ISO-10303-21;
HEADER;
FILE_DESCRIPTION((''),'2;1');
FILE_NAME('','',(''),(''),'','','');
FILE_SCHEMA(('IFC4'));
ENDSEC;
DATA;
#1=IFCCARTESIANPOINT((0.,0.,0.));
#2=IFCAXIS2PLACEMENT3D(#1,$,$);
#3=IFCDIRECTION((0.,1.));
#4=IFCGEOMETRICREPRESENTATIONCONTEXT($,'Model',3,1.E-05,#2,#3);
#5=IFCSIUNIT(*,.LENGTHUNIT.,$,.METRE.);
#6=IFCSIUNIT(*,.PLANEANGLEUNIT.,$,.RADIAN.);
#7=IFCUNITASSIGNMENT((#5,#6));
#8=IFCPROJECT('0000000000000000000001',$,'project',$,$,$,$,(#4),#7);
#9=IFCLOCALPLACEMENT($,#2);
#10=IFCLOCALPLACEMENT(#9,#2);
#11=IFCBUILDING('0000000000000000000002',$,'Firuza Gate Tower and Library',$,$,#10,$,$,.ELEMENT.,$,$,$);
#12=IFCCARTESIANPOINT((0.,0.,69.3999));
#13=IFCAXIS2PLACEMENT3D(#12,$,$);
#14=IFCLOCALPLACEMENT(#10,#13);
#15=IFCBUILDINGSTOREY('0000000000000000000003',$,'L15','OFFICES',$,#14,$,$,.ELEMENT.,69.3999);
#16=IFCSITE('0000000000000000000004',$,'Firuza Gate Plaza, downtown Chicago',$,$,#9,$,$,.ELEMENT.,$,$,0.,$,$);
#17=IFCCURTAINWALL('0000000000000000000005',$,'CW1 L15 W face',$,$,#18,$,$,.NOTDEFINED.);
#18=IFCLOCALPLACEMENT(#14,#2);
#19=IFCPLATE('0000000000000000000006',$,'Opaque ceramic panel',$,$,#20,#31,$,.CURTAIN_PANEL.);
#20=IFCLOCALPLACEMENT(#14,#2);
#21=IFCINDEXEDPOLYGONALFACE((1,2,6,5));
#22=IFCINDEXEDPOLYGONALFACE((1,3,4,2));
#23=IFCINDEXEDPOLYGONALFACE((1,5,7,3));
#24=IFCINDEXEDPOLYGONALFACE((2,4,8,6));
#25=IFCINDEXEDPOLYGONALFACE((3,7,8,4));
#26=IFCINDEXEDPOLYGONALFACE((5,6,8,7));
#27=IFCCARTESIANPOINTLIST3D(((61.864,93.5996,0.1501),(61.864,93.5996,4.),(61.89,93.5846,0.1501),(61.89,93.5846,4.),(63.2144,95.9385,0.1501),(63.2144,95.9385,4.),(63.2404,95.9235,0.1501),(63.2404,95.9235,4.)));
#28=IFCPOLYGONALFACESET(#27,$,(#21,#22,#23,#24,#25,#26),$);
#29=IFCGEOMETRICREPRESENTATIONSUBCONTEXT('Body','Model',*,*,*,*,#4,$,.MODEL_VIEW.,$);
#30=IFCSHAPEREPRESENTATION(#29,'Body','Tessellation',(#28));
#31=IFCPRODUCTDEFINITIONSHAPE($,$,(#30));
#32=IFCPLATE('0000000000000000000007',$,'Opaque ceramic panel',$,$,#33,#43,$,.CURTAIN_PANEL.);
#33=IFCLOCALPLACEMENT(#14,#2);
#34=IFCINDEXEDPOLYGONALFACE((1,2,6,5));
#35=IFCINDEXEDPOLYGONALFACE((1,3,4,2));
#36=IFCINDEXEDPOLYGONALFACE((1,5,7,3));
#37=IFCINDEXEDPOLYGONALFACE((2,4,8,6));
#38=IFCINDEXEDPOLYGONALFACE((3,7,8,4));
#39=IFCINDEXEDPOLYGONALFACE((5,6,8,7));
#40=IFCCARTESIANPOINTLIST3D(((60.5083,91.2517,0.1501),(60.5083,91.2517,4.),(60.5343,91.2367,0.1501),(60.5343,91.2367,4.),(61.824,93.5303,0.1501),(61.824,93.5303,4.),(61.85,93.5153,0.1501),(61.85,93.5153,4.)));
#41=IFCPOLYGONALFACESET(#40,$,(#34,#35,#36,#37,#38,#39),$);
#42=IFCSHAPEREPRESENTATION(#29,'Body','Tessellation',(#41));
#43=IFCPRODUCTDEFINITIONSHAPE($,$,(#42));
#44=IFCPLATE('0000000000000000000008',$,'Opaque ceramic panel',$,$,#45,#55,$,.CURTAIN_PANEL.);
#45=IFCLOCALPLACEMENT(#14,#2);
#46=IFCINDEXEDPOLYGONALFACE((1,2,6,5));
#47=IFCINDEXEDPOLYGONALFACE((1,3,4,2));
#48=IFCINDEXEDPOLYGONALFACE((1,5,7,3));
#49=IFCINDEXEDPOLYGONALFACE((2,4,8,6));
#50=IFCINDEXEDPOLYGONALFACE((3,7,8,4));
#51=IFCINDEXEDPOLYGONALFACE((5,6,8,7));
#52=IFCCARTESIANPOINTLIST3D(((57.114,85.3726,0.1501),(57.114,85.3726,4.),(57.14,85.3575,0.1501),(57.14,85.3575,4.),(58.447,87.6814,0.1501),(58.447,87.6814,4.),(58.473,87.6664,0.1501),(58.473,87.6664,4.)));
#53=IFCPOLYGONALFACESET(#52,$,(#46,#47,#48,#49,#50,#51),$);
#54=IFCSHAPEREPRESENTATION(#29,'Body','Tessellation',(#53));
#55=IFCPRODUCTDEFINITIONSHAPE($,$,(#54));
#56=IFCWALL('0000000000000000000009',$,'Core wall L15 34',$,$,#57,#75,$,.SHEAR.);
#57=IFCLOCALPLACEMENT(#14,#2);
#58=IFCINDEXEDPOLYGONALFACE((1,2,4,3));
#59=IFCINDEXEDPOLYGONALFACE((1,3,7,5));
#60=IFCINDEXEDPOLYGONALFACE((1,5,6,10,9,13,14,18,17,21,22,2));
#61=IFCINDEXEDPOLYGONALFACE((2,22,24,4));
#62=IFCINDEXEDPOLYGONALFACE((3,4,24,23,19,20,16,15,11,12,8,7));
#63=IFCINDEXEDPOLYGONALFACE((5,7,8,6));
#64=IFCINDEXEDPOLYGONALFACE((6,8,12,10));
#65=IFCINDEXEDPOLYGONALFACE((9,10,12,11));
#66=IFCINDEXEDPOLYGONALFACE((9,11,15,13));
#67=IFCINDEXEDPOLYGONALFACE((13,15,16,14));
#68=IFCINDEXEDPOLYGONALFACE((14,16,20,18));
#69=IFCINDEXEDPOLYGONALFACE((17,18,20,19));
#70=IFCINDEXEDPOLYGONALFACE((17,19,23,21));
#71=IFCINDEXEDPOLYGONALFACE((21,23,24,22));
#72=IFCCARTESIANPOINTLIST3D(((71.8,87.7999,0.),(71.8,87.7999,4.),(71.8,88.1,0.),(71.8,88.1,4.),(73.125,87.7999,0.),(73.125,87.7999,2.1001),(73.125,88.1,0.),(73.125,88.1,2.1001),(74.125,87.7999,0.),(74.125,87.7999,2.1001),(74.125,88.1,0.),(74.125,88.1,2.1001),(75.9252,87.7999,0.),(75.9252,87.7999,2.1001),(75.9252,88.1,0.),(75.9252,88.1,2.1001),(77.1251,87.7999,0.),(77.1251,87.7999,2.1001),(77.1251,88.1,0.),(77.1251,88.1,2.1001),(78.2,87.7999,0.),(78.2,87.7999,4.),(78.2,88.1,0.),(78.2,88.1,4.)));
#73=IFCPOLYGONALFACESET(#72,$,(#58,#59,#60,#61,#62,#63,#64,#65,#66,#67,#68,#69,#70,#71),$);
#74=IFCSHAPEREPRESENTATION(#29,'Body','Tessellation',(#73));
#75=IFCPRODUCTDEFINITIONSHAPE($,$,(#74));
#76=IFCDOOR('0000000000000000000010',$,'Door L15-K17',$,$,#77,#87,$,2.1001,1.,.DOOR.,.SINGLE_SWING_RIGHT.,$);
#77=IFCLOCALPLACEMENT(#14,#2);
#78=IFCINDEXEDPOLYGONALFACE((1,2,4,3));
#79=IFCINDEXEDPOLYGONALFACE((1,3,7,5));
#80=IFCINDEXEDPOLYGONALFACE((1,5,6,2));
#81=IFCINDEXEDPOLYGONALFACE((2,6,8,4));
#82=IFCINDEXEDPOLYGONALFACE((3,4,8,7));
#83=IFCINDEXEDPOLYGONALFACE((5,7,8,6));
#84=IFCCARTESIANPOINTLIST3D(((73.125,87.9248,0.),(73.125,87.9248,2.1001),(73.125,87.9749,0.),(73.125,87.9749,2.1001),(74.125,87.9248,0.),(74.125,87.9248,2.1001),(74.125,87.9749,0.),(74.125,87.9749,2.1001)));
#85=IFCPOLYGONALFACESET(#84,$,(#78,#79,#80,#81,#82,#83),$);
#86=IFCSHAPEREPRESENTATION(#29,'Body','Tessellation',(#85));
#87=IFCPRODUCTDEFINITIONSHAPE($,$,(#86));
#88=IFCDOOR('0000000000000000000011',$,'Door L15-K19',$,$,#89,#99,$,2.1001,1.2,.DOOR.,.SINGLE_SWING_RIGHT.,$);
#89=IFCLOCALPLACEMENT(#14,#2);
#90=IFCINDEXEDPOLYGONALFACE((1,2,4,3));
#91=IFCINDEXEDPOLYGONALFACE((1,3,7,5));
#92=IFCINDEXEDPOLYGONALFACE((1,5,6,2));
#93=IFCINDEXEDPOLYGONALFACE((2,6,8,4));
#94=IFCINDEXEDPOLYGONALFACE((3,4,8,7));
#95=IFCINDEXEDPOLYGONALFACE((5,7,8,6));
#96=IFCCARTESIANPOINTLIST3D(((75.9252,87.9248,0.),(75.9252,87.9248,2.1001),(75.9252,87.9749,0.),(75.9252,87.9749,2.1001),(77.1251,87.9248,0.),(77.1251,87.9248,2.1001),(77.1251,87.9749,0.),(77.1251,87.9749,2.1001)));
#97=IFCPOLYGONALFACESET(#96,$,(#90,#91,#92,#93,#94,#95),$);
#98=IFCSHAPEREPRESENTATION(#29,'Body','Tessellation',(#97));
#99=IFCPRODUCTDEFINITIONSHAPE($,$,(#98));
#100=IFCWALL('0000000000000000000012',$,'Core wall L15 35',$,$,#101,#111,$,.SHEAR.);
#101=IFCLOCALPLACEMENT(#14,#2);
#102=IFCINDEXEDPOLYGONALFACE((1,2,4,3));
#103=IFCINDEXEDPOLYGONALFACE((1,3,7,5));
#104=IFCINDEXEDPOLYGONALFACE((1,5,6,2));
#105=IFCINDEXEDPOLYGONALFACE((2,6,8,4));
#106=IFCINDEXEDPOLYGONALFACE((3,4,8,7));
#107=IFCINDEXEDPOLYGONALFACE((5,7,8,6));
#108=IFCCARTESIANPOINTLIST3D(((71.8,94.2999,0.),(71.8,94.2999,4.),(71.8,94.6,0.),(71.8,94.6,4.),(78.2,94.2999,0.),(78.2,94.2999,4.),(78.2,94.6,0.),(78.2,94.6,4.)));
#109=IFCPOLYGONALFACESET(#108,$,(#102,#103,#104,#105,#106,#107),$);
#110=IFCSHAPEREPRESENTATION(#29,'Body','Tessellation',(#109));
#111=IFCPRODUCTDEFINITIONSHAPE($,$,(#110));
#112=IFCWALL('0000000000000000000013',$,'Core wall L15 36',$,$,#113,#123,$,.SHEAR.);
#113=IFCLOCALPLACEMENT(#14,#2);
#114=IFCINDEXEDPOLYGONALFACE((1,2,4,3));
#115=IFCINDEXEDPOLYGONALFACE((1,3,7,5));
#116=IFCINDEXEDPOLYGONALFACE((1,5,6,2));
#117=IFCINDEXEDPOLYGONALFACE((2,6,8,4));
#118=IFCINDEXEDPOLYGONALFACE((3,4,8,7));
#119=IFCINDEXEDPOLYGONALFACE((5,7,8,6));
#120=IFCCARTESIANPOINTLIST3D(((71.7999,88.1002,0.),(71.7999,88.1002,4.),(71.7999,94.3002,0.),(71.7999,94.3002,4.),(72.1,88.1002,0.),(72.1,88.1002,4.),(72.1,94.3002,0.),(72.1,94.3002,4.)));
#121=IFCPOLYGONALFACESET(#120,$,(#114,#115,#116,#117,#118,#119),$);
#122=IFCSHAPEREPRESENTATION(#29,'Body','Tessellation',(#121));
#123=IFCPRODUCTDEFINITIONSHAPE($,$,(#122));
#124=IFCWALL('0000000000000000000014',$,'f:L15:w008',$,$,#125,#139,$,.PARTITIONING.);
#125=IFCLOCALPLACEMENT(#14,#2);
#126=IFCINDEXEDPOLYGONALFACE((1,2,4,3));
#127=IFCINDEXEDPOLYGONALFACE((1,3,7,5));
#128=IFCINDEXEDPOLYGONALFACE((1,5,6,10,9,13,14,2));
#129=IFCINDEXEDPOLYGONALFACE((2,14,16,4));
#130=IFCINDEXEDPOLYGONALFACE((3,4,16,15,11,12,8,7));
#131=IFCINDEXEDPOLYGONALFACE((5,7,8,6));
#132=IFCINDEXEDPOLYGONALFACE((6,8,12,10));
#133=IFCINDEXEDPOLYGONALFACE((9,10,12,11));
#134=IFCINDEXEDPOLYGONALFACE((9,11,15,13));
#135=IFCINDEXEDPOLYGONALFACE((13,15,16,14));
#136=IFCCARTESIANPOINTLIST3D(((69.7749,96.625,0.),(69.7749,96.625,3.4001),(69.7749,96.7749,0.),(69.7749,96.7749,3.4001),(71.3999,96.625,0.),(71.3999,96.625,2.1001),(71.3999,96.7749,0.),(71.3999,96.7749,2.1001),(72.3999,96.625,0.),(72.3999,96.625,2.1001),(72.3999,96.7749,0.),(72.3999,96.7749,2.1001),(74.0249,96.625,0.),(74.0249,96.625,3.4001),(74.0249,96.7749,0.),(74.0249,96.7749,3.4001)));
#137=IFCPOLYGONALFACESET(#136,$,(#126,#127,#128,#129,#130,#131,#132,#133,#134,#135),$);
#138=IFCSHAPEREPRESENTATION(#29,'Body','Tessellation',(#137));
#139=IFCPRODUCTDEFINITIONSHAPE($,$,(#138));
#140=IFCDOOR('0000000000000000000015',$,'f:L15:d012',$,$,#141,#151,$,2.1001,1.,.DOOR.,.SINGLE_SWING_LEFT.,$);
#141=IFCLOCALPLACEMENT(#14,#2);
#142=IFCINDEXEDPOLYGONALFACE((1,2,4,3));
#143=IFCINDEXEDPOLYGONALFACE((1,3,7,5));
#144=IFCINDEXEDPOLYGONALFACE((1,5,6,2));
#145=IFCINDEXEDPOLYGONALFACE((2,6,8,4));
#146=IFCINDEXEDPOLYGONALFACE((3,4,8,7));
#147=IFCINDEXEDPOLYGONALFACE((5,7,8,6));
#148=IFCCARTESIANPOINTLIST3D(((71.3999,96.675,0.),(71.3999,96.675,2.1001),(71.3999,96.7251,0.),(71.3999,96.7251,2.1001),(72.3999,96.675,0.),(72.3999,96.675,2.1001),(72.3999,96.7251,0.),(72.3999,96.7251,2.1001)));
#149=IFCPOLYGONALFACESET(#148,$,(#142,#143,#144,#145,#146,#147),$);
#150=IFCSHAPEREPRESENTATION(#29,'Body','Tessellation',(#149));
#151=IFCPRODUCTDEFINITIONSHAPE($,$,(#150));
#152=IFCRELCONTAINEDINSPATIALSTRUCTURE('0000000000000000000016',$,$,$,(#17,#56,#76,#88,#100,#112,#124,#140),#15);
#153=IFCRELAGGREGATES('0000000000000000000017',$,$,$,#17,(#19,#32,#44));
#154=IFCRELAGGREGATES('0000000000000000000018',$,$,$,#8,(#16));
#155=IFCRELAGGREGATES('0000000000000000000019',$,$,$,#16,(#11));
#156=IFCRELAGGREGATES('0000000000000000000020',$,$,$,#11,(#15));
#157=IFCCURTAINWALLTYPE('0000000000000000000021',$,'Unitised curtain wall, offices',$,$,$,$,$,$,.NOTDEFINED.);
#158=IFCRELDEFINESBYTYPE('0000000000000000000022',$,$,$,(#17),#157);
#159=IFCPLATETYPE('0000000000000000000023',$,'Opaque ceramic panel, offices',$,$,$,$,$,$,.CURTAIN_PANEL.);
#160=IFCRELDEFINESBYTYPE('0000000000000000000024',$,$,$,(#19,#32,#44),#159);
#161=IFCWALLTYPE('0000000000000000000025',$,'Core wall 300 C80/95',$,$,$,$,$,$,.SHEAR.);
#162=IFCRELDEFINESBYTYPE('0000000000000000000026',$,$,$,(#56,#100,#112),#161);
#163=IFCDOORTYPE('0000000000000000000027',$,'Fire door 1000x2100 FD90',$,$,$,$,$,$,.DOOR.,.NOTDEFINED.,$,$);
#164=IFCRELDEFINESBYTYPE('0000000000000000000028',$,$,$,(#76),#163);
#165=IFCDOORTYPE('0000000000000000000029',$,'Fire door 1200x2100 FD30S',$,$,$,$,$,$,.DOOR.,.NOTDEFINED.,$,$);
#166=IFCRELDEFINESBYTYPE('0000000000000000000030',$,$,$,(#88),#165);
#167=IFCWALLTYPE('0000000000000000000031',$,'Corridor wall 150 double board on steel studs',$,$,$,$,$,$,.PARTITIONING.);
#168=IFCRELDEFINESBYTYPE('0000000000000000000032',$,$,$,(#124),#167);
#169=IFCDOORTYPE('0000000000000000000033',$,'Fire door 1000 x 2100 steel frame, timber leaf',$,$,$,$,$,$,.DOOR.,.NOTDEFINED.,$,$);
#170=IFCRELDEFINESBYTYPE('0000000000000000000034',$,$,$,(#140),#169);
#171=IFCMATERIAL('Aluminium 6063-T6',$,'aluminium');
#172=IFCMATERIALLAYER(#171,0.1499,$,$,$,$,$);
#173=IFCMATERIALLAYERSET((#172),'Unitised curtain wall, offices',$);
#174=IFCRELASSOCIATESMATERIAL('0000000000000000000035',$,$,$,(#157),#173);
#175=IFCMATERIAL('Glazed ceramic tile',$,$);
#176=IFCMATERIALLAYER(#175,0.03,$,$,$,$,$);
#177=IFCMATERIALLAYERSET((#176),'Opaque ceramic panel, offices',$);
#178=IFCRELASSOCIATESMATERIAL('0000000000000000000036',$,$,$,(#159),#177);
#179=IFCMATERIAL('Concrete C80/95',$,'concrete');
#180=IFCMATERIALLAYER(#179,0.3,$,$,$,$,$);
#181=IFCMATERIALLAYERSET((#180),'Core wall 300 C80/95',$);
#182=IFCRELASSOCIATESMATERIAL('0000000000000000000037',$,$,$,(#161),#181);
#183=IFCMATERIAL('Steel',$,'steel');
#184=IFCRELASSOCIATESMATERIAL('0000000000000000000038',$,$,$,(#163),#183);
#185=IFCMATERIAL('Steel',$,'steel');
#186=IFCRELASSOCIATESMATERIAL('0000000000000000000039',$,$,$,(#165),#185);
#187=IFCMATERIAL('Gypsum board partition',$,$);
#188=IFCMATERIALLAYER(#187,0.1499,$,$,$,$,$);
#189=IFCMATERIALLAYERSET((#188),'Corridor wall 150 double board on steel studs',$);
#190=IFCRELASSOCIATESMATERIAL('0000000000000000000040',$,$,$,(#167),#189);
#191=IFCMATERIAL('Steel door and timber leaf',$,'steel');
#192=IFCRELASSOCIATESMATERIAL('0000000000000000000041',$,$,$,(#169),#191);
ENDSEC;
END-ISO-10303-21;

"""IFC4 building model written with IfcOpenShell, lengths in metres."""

from ifc_helpers import new_model, si_unit, direction, frame, frame_2d, origin, place, context, subcontext, project, spatial, polyline, rectangle, outline, extrude, material, layer, layer_set, type_object, element, fill, aggregate, save


model = new_model("IFC4")

# Units and contexts
model_context = context("Model", 3, precision=1e-05, world=origin(), true_north=direction((0.0, 1.0)))
body_context = subcontext(model_context, "Body", "Model", "MODEL_VIEW")
ifc_project = project(units=[si_unit("LENGTHUNIT", "METRE"), si_unit("PLANEANGLEUNIT", "RADIAN")], contexts=[model_context])

# Site, building, storey
site_placement = place(None, origin())
site = spatial("IfcSite", under=ifc_project, at=site_placement, Name="Firuza Gate Plaza, downtown Chicago", CompositionType="ELEMENT", RefElevation=0.0)
building_placement = place(site_placement, origin())
building = spatial("IfcBuilding", under=site, at=building_placement, Name="Firuza Gate Tower and Library", CompositionType="ELEMENT")
storey_placement = place(building_placement, frame((0.0, 0.0, 69.3999)))
storey = spatial("IfcBuildingStorey", under=building, at=storey_placement, Name="L15", Description="OFFICES", CompositionType="ELEMENT", Elevation=69.3999)

# Curtain wall
ifc_material_1 = material(Name="Aluminium 6063-T6", Category="aluminium")
ifc_layer_1 = layer(ifc_material_1, 0.1499)
ifc_layer_set_1 = layer_set([ifc_layer_1], Name="Unitised curtain wall, offices")
curtain_wall_type = type_object("IfcCurtainWallType", Name="Unitised curtain wall, offices", PredefinedType="NOTDEFINED", material=ifc_layer_set_1)
placement = place(storey_placement, origin())
curtain_wall = element("IfcCurtainWall", 1, at=placement, inside=storey, type_object=curtain_wall_type, Name="CW1 L15 W face", PredefinedType="NOTDEFINED")

# Plates
ifc_material_2 = material(Name="Glazed ceramic tile")
ifc_layer_2 = layer(ifc_material_2, 0.03)
ifc_layer_set_2 = layer_set([ifc_layer_2], Name="Opaque ceramic panel, offices")
plate_type_1 = type_object("IfcPlateType", Name="Opaque ceramic panel, offices", PredefinedType="CURTAIN_PANEL", material=ifc_layer_set_2)
plate_1_placement = place(storey_placement, frame((63.2144, 95.9385, 0.1501), z_axis=(-0.866026, 0.499999, 0.0), x_axis=(-0.499999, -0.866026, 0.0)))
plate_1 = element("IfcPlate", 2, at=plate_1_placement, type_object=plate_type_1, Name="Opaque ceramic panel", PredefinedType="CURTAIN_PANEL", context=body_context, shape_type="SweptSolid", body=[
    extrude(outline(polyline([(0.0, 0.0), (2.7007, 0.0), (2.7007, 3.8499), (0.0, 3.8499), (0.0, 0.0)])), origin(), (0.0, 0.0, -1.0), 0.03),
])
plate_2_placement = place(storey_placement, frame((61.824, 93.5303, 0.1501), z_axis=(-0.866002, 0.500041, 0.0), x_axis=(-0.500041, -0.866002, 0.0)))
plate_2 = element("IfcPlate", 3, at=plate_2_placement, type_object=plate_type_1, Name="Opaque ceramic panel", PredefinedType="CURTAIN_PANEL", context=body_context, shape_type="SweptSolid", body=[
    extrude(outline(polyline([(0.0, 0.0), (2.6311, 0.0), (2.6311, 3.8499), (0.0, 3.8499), (0.0, 0.0)])), origin(), (0.0, 0.0, -1.0), 0.03),
])
plate_3_placement = place(storey_placement, frame((58.447, 87.6814, 0.1501), z_axis=(-0.866025, 0.5, 0.0), x_axis=(-0.5, -0.866025, 0.0)))
plate_3 = element("IfcPlate", 4, at=plate_3_placement, type_object=plate_type_1, Name="Opaque ceramic panel", PredefinedType="CURTAIN_PANEL", context=body_context, shape_type="SweptSolid", body=[
    extrude(outline(polyline([(0.0, 0.0), (2.666, 0.0), (2.666, 3.8499), (0.0, 3.8499), (0.0, 0.0)])), origin(), (0.0, 0.0, -1.0), 0.03),
])
aggregate(curtain_wall, [plate_1, plate_2, plate_3])

# Wall, openings, doors
ifc_material_3 = material(Name="Concrete C80/95", Category="concrete")
ifc_layer_3 = layer(ifc_material_3, 0.3)
ifc_layer_set_3 = layer_set([ifc_layer_3], Name="Core wall 300 C80/95")
wall_type_1 = type_object("IfcWallType", Name="Core wall 300 C80/95", PredefinedType="SHEAR", material=ifc_layer_set_3)
wall_1_placement = place(storey_placement, frame((71.8, 87.95, 0.0), z_axis=(0.0, 0.0, 1.0), x_axis=(1.0, 0.0, 0.0)))
wall_1 = element("IfcWall", 5, at=wall_1_placement, inside=storey, type_object=wall_type_1, Name="Core wall L15 34", PredefinedType="SHEAR", context=body_context, shape_type="SweptSolid", body=[
    extrude(rectangle(XDim=6.3999, YDim=0.3, at=frame_2d((3.2, 0.0))), origin(), (0.0, 0.0, 1.0), 4.0),
])
opening_1_placement = place(wall_1_placement, frame((1.325, 0.0, 0.0)))
opening_1 = element("IfcOpeningElement", 6, at=opening_1_placement, cuts=wall_1, PredefinedType="OPENING", context=body_context, shape_type="SweptSolid", body=[
    extrude(rectangle(XDim=1.0, YDim=2.1001, at=frame_2d((0.5, 1.05))), frame((0.0, 0.1602, 0.0), z_axis=(0.0, -1.0, 0.0), x_axis=(1.0, 0.0, 0.0)), (0.0, 0.0, 1.0), 0.3201),
])
opening_2_placement = place(wall_1_placement, frame((4.125, 0.0, 0.0)))
opening_2 = element("IfcOpeningElement", 7, at=opening_2_placement, cuts=wall_1, PredefinedType="OPENING", context=body_context, shape_type="SweptSolid", body=[
    extrude(rectangle(XDim=1.2, YDim=2.1001, at=frame_2d((0.6001, 1.05))), frame((0.0, 0.1602, 0.0), z_axis=(0.0, -1.0, 0.0), x_axis=(1.0, 0.0, 0.0)), (0.0, 0.0, 1.0), 0.3201),
])
ifc_material_4 = material(Name="Steel", Category="steel")
door_type_1 = type_object("IfcDoorType", Name="Fire door 1000x2100 FD90", OperationType="NOTDEFINED", PredefinedType="DOOR", material=ifc_material_4)
door_1_placement = place(opening_1_placement, origin())
door_1 = element("IfcDoor", 8, at=door_1_placement, inside=storey, type_object=door_type_1, Name="Door L15-K17", OperationType="SINGLE_SWING_RIGHT", OverallHeight=2.1001, OverallWidth=1.0, PredefinedType="DOOR", context=body_context, shape_type="SweptSolid", body=[
    extrude(rectangle(XDim=1.0, YDim=2.1001, at=frame_2d((0.5, 1.05))), frame((0.0, 0.0249, 0.0), z_axis=(0.0, -1.0, 0.0), x_axis=(1.0, 0.0, 0.0)), (0.0, 0.0, 1.0), 0.05),
])
fill(opening_1, door_1)
ifc_material_5 = material(Name="Steel", Category="steel")
door_type_2 = type_object("IfcDoorType", Name="Fire door 1200x2100 FD30S", OperationType="NOTDEFINED", PredefinedType="DOOR", material=ifc_material_5)
door_2_placement = place(opening_2_placement, origin())
door_2 = element("IfcDoor", 9, at=door_2_placement, inside=storey, type_object=door_type_2, Name="Door L15-K19", OperationType="SINGLE_SWING_RIGHT", OverallHeight=2.1001, OverallWidth=1.2, PredefinedType="DOOR", context=body_context, shape_type="SweptSolid", body=[
    extrude(rectangle(XDim=1.2, YDim=2.1001, at=frame_2d((0.6001, 1.05))), frame((0.0, 0.0249, 0.0), z_axis=(0.0, -1.0, 0.0), x_axis=(1.0, 0.0, 0.0)), (0.0, 0.0, 1.0), 0.05),
])
fill(opening_2, door_2)

# Walls
wall_2_placement = place(storey_placement, frame((71.8, 94.45, 0.0), z_axis=(0.0, 0.0, 1.0), x_axis=(1.0, 0.0, 0.0)))
element("IfcWall", 10, at=wall_2_placement, inside=storey, type_object=wall_type_1, Name="Core wall L15 35", PredefinedType="SHEAR", context=body_context, shape_type="SweptSolid", body=[
    extrude(rectangle(XDim=6.3999, YDim=0.3, at=frame_2d((3.2, 0.0))), origin(), (0.0, 0.0, 1.0), 4.0),
])
wall_3_placement = place(storey_placement, frame((71.95, 88.1001, 0.0), z_axis=(0.0, 0.0, 1.0), x_axis=(0.0, 1.0, 0.0)))
element("IfcWall", 11, at=wall_3_placement, inside=storey, type_object=wall_type_1, Name="Core wall L15 36", PredefinedType="SHEAR", context=body_context, shape_type="SweptSolid", body=[
    extrude(rectangle(XDim=6.2, YDim=0.3, at=frame_2d((3.1001, 0.0))), origin(), (0.0, 0.0, 1.0), 4.0),
])

# Wall, opening, door
ifc_material_6 = material(Name="Gypsum board partition")
ifc_layer_4 = layer(ifc_material_6, 0.1499)
ifc_layer_set_4 = layer_set([ifc_layer_4], Name="Corridor wall 150 double board on steel studs")
wall_type_2 = type_object("IfcWallType", Name="Corridor wall 150 double board on steel studs", PredefinedType="PARTITIONING", material=ifc_layer_set_4)
wall_4_placement = place(storey_placement, frame((74.0249, 96.7, 0.0), z_axis=(0.0, 0.0, 1.0), x_axis=(-1.0, 0.0, 0.0)))
wall_4 = element("IfcWall", 12, at=wall_4_placement, inside=storey, type_object=wall_type_2, Name="f:L15:w008", PredefinedType="PARTITIONING", context=body_context, shape_type="SweptSolid", body=[
    extrude(rectangle(XDim=4.25, YDim=0.1499, at=frame_2d((2.125, 0.0))), origin(), (0.0, 0.0, 1.0), 3.4001),
])
opening_3_placement = place(wall_4_placement, frame((1.625, 0.0, 0.0)))
opening_3 = element("IfcOpeningElement", 13, at=opening_3_placement, cuts=wall_4, PredefinedType="OPENING", context=body_context, shape_type="SweptSolid", body=[
    extrude(rectangle(XDim=1.0, YDim=2.1001, at=frame_2d((0.5, 1.05))), frame((0.0, 0.085, 0.0), z_axis=(0.0, -1.0, 0.0), x_axis=(1.0, 0.0, 0.0)), (0.0, 0.0, 1.0), 0.1699),
])
ifc_material_7 = material(Name="Steel door and timber leaf", Category="steel")
door_type_3 = type_object("IfcDoorType", Name="Fire door 1000 x 2100 steel frame, timber leaf", OperationType="NOTDEFINED", PredefinedType="DOOR", material=ifc_material_7)
door_3_placement = place(opening_3_placement, origin())
door_3 = element("IfcDoor", 14, at=door_3_placement, inside=storey, type_object=door_type_3, Name="f:L15:d012", OperationType="SINGLE_SWING_LEFT", OverallHeight=2.1001, OverallWidth=1.0, PredefinedType="DOOR", context=body_context, shape_type="SweptSolid", body=[
    extrude(rectangle(XDim=1.0, YDim=2.1001, at=frame_2d((0.5, 1.05))), frame((0.0, 0.0249, 0.0), z_axis=(0.0, -1.0, 0.0), x_axis=(1.0, 0.0, 0.0)), (0.0, 0.0, 1.0), 0.05),
])
fill(opening_3, door_3)

save(model, "model.ifc")
